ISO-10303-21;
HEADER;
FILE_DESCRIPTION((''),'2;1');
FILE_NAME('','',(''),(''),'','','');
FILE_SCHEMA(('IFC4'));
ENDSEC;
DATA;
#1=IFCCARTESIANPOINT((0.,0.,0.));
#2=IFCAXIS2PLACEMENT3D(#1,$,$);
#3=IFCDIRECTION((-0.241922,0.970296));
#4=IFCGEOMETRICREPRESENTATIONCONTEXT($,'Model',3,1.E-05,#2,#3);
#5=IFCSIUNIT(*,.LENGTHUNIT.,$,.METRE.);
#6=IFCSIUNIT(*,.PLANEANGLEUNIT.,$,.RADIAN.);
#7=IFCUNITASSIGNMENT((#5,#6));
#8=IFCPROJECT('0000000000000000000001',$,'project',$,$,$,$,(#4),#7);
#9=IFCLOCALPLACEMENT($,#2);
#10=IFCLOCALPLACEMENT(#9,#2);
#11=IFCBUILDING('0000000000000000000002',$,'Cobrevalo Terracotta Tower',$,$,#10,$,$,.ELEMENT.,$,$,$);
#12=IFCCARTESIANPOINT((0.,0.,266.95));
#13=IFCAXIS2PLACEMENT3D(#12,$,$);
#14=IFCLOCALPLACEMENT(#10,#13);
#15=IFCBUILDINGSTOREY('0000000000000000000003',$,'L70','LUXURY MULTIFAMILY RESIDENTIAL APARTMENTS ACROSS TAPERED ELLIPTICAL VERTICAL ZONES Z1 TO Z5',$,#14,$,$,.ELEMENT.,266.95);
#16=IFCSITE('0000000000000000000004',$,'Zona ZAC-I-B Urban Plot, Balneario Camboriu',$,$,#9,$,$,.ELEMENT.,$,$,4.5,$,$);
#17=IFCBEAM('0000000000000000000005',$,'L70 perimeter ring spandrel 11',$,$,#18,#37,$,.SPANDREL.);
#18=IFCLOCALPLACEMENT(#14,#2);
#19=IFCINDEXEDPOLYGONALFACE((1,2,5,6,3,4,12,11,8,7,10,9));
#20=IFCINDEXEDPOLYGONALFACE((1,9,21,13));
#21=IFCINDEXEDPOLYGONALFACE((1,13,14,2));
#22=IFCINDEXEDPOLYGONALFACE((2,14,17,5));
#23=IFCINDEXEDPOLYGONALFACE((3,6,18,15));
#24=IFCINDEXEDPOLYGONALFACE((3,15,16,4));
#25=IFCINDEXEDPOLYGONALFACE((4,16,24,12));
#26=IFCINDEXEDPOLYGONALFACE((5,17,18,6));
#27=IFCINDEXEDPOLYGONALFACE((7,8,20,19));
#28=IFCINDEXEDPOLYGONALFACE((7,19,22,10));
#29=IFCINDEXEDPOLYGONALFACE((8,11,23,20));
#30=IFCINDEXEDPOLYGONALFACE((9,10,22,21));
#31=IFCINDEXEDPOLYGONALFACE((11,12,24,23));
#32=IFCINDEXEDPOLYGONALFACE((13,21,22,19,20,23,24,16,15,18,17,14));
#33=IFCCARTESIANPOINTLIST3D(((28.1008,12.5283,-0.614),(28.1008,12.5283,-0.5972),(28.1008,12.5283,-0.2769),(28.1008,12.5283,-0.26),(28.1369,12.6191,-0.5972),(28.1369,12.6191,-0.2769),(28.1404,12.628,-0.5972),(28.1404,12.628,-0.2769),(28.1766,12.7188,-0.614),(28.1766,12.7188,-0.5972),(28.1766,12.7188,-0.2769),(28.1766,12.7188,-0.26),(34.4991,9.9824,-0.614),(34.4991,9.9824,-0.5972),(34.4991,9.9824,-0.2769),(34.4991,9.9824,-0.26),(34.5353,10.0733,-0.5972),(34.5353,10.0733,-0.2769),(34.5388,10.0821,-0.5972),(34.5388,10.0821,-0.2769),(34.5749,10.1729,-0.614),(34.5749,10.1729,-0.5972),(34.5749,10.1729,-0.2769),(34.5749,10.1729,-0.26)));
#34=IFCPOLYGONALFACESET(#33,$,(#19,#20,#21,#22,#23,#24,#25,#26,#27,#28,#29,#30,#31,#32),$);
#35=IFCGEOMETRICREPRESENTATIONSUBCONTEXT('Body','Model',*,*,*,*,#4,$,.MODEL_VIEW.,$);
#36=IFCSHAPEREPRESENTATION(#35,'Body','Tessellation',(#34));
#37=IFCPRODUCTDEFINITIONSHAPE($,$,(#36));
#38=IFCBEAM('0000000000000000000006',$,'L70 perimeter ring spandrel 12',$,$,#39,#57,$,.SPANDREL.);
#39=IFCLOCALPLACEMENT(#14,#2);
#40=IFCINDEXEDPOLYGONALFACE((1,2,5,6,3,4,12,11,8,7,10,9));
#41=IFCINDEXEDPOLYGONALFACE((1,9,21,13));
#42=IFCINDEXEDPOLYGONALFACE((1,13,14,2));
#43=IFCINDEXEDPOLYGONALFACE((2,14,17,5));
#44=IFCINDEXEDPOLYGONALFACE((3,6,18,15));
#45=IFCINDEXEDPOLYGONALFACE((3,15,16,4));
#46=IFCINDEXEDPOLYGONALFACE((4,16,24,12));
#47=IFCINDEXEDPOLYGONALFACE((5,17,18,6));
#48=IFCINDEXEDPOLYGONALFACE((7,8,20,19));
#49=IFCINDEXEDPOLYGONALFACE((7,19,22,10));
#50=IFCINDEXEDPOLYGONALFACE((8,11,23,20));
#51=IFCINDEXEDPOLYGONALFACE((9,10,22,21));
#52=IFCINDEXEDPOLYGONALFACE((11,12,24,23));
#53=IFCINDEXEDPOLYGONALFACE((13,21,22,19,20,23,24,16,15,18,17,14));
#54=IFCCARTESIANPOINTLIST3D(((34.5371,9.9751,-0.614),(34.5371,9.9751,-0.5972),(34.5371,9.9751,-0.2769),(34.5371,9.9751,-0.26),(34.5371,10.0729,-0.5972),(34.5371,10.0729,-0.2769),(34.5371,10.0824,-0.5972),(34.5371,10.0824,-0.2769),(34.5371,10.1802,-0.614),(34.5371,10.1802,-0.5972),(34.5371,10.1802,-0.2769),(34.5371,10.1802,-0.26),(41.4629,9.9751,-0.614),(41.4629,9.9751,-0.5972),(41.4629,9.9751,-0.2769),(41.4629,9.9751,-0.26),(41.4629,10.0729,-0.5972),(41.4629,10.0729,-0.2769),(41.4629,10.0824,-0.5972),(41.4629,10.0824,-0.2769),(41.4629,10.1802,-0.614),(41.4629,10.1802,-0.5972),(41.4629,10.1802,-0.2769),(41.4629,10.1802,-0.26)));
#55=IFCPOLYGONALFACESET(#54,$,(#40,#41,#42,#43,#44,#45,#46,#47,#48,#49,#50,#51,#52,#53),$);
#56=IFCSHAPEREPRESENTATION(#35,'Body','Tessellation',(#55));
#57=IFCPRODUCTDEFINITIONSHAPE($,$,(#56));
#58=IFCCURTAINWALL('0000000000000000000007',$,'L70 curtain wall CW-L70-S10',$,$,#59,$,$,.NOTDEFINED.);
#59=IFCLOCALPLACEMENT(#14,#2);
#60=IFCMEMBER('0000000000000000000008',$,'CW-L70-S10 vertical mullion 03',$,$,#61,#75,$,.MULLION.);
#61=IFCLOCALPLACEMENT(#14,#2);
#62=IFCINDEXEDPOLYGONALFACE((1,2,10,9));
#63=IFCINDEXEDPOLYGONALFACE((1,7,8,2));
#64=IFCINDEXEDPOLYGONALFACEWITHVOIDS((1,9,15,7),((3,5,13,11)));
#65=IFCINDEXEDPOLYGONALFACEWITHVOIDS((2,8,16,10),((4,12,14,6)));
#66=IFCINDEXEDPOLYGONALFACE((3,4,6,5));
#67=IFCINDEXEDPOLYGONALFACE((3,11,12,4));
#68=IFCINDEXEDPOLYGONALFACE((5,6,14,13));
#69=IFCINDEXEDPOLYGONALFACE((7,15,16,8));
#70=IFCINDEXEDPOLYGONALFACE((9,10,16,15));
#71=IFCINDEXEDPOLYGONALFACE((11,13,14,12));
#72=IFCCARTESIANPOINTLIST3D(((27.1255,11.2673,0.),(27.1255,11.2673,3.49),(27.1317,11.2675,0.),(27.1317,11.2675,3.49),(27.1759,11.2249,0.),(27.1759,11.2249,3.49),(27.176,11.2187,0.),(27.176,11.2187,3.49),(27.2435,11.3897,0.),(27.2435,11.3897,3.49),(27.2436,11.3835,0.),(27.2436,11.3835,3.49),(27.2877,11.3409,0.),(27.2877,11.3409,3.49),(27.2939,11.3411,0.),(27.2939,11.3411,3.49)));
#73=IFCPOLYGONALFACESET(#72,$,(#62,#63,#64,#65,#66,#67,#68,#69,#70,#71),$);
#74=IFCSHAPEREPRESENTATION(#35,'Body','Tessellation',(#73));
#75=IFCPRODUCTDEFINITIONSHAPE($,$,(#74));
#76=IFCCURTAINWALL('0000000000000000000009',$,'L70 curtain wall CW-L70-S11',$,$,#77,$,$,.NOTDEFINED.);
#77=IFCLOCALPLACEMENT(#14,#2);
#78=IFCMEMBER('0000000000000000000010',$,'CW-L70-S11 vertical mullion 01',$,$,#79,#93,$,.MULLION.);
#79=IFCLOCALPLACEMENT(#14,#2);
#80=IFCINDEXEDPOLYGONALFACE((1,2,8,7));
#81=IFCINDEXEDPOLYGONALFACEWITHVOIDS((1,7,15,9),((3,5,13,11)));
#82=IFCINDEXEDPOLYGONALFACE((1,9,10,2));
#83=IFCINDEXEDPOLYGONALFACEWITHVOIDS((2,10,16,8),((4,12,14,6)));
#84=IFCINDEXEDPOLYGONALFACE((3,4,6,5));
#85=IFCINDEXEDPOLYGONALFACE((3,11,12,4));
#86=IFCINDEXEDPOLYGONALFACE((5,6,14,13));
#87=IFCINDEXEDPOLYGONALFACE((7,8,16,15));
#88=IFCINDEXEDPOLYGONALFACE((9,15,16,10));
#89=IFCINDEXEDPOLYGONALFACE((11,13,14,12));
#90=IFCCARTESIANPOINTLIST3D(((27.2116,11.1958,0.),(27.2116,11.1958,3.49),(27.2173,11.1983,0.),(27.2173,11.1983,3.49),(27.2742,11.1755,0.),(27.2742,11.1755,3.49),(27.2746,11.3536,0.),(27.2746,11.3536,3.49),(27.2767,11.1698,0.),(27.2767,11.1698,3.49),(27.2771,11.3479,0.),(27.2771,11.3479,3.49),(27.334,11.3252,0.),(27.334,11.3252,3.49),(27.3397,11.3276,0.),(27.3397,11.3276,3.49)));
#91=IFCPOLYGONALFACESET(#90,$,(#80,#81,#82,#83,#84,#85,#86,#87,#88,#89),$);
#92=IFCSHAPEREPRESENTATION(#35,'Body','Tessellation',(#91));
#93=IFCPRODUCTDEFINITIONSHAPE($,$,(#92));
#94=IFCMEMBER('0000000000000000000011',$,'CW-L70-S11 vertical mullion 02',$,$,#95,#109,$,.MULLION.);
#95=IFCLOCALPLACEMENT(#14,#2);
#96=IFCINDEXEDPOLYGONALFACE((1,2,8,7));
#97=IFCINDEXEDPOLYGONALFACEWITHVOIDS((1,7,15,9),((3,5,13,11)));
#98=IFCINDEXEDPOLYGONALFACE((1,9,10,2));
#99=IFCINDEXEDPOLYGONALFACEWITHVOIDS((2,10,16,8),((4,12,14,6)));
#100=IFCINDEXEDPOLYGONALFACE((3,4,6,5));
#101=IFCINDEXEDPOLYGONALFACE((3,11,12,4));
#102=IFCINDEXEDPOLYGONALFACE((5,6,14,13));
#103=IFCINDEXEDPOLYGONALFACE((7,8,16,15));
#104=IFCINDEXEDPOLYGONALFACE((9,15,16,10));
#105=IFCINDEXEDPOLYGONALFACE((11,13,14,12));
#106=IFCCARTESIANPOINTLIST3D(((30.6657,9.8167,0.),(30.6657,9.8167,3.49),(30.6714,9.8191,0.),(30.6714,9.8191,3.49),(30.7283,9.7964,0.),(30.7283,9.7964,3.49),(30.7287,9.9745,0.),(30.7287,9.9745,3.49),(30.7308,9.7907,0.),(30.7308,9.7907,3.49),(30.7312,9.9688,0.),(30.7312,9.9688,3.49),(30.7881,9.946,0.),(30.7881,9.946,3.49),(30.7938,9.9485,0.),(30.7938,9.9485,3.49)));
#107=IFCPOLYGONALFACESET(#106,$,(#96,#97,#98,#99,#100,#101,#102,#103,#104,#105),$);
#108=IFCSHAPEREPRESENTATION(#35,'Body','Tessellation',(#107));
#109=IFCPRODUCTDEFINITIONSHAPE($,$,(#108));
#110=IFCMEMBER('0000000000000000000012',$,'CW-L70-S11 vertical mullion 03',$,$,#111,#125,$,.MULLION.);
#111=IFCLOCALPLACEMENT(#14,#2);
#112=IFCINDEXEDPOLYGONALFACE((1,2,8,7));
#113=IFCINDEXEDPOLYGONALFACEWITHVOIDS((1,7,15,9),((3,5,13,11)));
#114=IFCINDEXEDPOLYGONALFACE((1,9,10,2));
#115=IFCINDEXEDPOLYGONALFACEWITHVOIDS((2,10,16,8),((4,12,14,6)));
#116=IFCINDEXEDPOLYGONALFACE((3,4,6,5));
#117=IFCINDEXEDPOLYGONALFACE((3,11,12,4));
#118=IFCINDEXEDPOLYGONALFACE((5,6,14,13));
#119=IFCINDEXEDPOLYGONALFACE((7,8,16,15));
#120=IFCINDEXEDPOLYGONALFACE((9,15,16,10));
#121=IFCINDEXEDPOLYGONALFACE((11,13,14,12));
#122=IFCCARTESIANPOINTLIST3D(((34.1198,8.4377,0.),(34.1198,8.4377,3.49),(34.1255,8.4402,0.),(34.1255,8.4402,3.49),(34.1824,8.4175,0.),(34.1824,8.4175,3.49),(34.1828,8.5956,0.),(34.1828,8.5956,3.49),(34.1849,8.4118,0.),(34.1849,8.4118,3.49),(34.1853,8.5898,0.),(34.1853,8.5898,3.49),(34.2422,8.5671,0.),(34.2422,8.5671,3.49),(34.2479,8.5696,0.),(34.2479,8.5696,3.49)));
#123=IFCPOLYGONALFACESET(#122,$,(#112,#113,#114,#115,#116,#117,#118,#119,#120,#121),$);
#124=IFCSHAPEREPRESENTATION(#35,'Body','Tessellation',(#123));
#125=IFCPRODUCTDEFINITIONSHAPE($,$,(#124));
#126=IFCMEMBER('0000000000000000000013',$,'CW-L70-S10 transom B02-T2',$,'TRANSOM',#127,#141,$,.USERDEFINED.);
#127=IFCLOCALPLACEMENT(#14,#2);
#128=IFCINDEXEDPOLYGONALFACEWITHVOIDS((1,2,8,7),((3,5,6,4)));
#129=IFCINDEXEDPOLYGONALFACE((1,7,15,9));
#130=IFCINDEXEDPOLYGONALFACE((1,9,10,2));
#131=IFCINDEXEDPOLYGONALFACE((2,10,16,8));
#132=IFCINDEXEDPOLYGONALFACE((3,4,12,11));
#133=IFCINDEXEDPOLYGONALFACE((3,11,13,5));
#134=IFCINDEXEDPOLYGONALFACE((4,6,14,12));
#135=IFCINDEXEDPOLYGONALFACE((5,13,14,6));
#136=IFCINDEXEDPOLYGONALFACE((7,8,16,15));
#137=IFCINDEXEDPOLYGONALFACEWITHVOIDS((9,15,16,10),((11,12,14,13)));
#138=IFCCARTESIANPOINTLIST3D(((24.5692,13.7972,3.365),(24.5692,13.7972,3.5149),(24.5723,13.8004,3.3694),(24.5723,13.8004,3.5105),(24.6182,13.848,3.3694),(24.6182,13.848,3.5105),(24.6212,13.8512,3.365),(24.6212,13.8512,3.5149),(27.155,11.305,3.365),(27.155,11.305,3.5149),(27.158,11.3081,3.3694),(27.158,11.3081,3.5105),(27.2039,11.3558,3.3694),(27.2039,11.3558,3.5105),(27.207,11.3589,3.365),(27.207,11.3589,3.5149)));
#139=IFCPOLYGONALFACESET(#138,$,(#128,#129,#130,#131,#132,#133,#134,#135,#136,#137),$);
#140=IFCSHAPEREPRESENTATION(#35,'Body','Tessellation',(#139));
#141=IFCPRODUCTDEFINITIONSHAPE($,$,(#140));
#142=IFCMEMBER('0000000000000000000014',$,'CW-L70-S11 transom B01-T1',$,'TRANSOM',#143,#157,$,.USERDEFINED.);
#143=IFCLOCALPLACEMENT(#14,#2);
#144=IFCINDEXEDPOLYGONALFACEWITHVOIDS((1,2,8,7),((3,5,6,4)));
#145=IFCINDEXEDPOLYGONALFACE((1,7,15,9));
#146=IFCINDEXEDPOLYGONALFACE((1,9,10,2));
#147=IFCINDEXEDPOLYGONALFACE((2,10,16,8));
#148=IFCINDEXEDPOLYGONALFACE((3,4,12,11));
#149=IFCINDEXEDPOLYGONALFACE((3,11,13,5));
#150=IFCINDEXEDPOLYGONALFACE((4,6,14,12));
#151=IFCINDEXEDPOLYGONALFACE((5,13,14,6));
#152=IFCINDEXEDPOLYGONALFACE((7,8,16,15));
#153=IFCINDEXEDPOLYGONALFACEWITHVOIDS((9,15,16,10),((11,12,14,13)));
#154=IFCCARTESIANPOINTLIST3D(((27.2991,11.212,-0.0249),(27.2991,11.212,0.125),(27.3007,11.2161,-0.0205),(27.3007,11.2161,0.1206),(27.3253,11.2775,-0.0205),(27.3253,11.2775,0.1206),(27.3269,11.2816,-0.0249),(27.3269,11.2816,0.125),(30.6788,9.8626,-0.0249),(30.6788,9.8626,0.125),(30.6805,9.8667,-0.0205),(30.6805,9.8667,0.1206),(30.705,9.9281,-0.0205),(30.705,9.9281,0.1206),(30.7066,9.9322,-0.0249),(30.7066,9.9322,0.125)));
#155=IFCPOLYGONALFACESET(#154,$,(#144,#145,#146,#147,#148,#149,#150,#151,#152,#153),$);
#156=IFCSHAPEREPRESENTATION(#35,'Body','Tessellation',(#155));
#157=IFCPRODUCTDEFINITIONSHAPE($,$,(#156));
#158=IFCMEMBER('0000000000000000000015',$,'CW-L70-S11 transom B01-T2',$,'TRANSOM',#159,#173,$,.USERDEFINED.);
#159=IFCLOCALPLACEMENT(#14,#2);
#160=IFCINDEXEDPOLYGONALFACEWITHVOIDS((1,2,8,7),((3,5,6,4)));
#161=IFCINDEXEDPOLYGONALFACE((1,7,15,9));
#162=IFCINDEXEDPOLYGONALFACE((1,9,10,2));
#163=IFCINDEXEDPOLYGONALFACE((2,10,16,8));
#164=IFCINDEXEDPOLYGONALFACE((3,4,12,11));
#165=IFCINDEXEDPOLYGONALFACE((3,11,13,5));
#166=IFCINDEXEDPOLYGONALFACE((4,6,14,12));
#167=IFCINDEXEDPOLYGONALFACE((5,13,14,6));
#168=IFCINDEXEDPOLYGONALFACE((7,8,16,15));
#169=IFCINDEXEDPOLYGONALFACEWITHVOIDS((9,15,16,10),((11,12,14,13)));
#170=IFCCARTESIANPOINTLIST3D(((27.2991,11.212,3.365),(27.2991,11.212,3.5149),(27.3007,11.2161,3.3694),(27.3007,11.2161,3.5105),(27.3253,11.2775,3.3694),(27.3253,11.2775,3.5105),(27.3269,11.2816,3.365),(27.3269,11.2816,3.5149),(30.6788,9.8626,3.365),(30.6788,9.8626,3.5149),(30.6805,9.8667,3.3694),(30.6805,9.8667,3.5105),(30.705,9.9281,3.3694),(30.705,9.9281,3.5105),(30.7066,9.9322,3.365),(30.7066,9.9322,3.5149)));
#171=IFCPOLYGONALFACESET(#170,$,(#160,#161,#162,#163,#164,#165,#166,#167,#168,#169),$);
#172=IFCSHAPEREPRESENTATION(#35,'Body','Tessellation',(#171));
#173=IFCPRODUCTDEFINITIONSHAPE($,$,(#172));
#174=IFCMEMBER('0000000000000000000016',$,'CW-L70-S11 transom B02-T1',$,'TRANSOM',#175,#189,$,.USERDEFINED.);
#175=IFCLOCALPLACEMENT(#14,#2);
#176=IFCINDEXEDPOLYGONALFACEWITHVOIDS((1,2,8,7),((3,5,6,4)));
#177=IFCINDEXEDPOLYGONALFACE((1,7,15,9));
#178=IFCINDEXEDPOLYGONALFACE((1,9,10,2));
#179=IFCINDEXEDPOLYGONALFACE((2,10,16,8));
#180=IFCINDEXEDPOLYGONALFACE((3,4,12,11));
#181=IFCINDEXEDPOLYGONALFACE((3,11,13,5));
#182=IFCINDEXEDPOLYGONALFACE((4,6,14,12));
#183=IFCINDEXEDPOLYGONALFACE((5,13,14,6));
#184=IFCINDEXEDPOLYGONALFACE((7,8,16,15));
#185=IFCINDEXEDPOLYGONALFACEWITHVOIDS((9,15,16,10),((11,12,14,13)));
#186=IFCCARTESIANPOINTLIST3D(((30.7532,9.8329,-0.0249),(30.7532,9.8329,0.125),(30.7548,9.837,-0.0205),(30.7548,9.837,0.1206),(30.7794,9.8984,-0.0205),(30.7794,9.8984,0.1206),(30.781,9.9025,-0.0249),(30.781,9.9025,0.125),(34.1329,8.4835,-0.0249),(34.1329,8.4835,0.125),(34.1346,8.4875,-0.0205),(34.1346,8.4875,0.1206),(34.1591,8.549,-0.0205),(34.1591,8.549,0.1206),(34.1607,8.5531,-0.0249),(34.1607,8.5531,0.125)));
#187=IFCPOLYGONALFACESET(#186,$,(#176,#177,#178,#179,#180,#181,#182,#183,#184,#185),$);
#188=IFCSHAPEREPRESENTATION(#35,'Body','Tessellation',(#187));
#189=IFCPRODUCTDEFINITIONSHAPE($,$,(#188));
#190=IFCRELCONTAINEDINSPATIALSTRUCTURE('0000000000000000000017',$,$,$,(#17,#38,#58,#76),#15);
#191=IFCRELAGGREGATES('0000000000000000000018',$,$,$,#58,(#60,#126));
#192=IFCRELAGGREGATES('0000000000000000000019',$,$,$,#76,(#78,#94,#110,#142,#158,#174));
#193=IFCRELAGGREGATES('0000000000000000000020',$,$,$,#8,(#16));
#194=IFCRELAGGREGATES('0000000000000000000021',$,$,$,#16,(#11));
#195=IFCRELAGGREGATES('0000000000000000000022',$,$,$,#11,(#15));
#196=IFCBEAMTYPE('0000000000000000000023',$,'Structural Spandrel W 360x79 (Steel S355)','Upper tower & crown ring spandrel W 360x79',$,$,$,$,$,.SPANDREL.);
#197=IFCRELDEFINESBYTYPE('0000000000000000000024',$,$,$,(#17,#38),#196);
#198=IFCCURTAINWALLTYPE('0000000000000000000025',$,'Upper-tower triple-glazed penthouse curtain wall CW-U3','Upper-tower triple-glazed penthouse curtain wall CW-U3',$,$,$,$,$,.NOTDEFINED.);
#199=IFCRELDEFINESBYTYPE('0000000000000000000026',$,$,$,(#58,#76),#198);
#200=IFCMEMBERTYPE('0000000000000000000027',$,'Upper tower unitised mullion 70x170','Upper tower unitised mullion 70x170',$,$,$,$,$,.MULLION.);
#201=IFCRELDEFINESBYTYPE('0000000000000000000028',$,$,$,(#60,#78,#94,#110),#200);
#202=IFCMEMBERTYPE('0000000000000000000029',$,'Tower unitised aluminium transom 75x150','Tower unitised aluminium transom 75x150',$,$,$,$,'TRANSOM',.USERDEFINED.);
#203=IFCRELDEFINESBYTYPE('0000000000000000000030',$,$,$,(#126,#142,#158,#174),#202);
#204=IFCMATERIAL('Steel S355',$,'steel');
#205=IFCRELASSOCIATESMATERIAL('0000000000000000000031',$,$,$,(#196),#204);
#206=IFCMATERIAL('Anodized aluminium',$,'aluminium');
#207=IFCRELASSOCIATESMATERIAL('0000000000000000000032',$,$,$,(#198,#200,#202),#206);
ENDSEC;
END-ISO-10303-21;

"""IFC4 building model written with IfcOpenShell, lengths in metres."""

from ifc_helpers import new_model, si_unit, direction, frame, origin, origin_2d, place, context, subcontext, project, spatial, hollow_rectangle, i_section, extrude, source, transform, mapped, material, material_profile, profile_set, type_object, element, aggregate, save


model = new_model("IFC4")

# Units and contexts
model_context = context("Model", 3, precision=1e-05, world=origin(), true_north=direction((-0.241922, 0.970296)))
body_context = subcontext(model_context, "Body", "Model", "MODEL_VIEW")
ifc_project = project(units=[si_unit("LENGTHUNIT", "METRE"), si_unit("PLANEANGLEUNIT", "RADIAN")], contexts=[model_context])

# Site, building, storey
site_placement = place(None, origin())
site = spatial("IfcSite", under=ifc_project, at=site_placement, Name="Zona ZAC-I-B Urban Plot, Balneario Camboriu", CompositionType="ELEMENT", RefElevation=4.5)
building_placement = place(site_placement, origin())
building = spatial("IfcBuilding", under=site, at=building_placement, Name="Cobrevalo Terracotta Tower", CompositionType="ELEMENT")
storey_placement = place(building_placement, frame((0.0, 0.0, 266.95)))
storey = spatial("IfcBuildingStorey", under=building, at=storey_placement, Name="L70", Description="LUXURY MULTIFAMILY RESIDENTIAL APARTMENTS ACROSS TAPERED ELLIPTICAL VERTICAL ZONES Z1 TO Z5", CompositionType="ELEMENT", Elevation=266.95)

# Shared definitions
ifc_material_1 = material(Name="Steel S355", Category="steel")

# Beams
ifc_material_profile_1 = material_profile(ifc_material_1, i_section(OverallWidth=0.2051, OverallDepth=0.354, WebThickness=0.0095, FlangeThickness=0.0168, at=origin_2d()), Name="W 360x79")
ifc_profile_set_1 = profile_set([ifc_material_profile_1], Name="Steel S355")
beam_type_1 = type_object("IfcBeamType", Name="Structural Spandrel W 360x79 (Steel S355)", Description="Upper tower & crown ring spandrel W 360x79", PredefinedType="SPANDREL", material=ifc_profile_set_1)
beam_1_placement = place(storey_placement, frame((28.1387, 12.6235, -0.437), z_axis=(0.92915, -0.369703, 0.0), x_axis=(0.369703, 0.92915, 0.0)))
element("IfcBeam", 1, at=beam_1_placement, inside=storey, type_object=beam_type_1, Name="L70 perimeter ring spandrel 11", PredefinedType="SPANDREL", context=body_context, shape_type="SweptSolid", body=[
    extrude(i_section(OverallWidth=0.2051, OverallDepth=0.354, WebThickness=0.0095, FlangeThickness=0.0168, at=origin_2d()), origin(), (0.0, 0.0, 1.0), 6.8862),
])
beam_2_placement = place(storey_placement, frame((34.5371, 10.0776, -0.437), z_axis=(1.0, 0.0, 0.0), x_axis=(0.0, 1.0, 0.0)))
element("IfcBeam", 2, at=beam_2_placement, inside=storey, type_object=beam_type_1, Name="L70 perimeter ring spandrel 12", PredefinedType="SPANDREL", context=body_context, shape_type="SweptSolid", body=[
    extrude(i_section(OverallWidth=0.2051, OverallDepth=0.354, WebThickness=0.0095, FlangeThickness=0.0168, at=origin_2d()), origin(), (0.0, 0.0, 1.0), 6.9258),
])

# Curtain wall, member
ifc_material_2 = material(Name="Anodized aluminium", Category="aluminium")
curtain_wall_type = type_object("IfcCurtainWallType", Name="Upper-tower triple-glazed penthouse curtain wall CW-U3", Description="Upper-tower triple-glazed penthouse curtain wall CW-U3", PredefinedType="NOTDEFINED", material=ifc_material_2)
curtain_wall_1_placement = place(storey_placement, origin())
curtain_wall_1 = element("IfcCurtainWall", 3, at=curtain_wall_1_placement, inside=storey, type_object=curtain_wall_type, Name="L70 curtain wall CW-L70-S10", PredefinedType="NOTDEFINED")
ifc_material_profile_2 = material_profile(ifc_material_2, hollow_rectangle(XDim=0.0701, YDim=0.1699, WallThickness=0.0044, at=origin_2d()), Name="CWM 70x170")
ifc_profile_set_2 = profile_set([ifc_material_profile_2], Name="Anodized aluminium")
member_type_1 = type_object("IfcMemberType", Name="Upper tower unitised mullion 70x170", Description="Upper tower unitised mullion 70x170", PredefinedType="MULLION", material=ifc_profile_set_2)
shared_shape_1 = source(origin(), body_context, "Body", "SweptSolid", [
    extrude(hollow_rectangle(XDim=0.0701, YDim=0.1699, WallThickness=0.0044, at=origin_2d()), origin(), (0.0, 0.0, 1.0), 3.49),
])
member_1_placement = place(storey_placement, frame((27.2097, 11.3042, 0.0), z_axis=(0.0, 0.0, 1.0), x_axis=(0.719994, -0.69398, 0.0)))
member_1 = element("IfcMember", 4, at=member_1_placement, type_object=member_type_1, Name="CW-L70-S10 vertical mullion 03", PredefinedType="MULLION", context=body_context, shape_type="MappedRepresentation", body=[
    mapped(shared_shape_1, transform((0.0, 0.0, 0.0), scale=1.0)),
])

# Curtain wall, members
curtain_wall_2_placement = place(storey_placement, origin())
curtain_wall_2 = element("IfcCurtainWall", 5, at=curtain_wall_2_placement, inside=storey, type_object=curtain_wall_type, Name="L70 curtain wall CW-L70-S11", PredefinedType="NOTDEFINED")
member_2_placement = place(storey_placement, frame((27.2756, 11.2617, 0.0), z_axis=(0.0, 0.0, 1.0), x_axis=(0.928719, -0.370784, 0.0)))
member_2 = element("IfcMember", 6, at=member_2_placement, type_object=member_type_1, Name="CW-L70-S11 vertical mullion 01", PredefinedType="MULLION", context=body_context, shape_type="MappedRepresentation", body=[
    mapped(shared_shape_1, transform((0.0, 0.0, 0.0), scale=1.0)),
])
member_3_placement = place(storey_placement, frame((30.7297, 9.8826, 0.0), z_axis=(0.0, 0.0, 1.0), x_axis=(0.928719, -0.370784, 0.0)))
member_3 = element("IfcMember", 7, at=member_3_placement, type_object=member_type_1, Name="CW-L70-S11 vertical mullion 02", PredefinedType="MULLION", context=body_context, shape_type="MappedRepresentation", body=[
    mapped(shared_shape_1, transform((0.0, 0.0, 0.0), scale=1.0)),
])
member_4_placement = place(storey_placement, frame((34.1838, 8.5037, 0.0), z_axis=(0.0, 0.0, 1.0), x_axis=(0.928719, -0.370784, 0.0)))
member_4 = element("IfcMember", 8, at=member_4_placement, type_object=member_type_1, Name="CW-L70-S11 vertical mullion 03", PredefinedType="MULLION", context=body_context, shape_type="MappedRepresentation", body=[
    mapped(shared_shape_1, transform((0.0, 0.0, 0.0), scale=1.0)),
])

# Members
ifc_material_profile_3 = material_profile(ifc_material_2, hollow_rectangle(XDim=0.075, YDim=0.1499, WallThickness=0.0044, at=origin_2d()), Name="CWT 75x150")
ifc_profile_set_3 = profile_set([ifc_material_profile_3], Name="Anodized aluminium")
member_type_2 = type_object("IfcMemberType", Name="Tower unitised aluminium transom 75x150", Description="Tower unitised aluminium transom 75x150", ElementType="TRANSOM", PredefinedType="USERDEFINED", material=ifc_profile_set_3)
shared_shape_2 = source(origin(), body_context, "Body", "SweptSolid", [
    extrude(hollow_rectangle(XDim=0.075, YDim=0.1499, WallThickness=0.0044, at=origin_2d()), origin(), (0.0, 0.0, 1.0), 3.5913),
])
member_5_placement = place(storey_placement, frame((24.5952, 13.8242, 3.4399), z_axis=(0.720006, -0.693968, 0.0), x_axis=(0.693968, 0.720006, 0.0)))
member_5 = element("IfcMember", 9, at=member_5_placement, type_object=member_type_2, Name="CW-L70-S10 transom B02-T2", ObjectType="TRANSOM", PredefinedType="USERDEFINED", context=body_context, shape_type="MappedRepresentation", body=[
    mapped(shared_shape_2, transform((0.0, 0.0, 0.0), scale=1.0)),
])
shared_shape_3 = source(origin(), body_context, "Body", "SweptSolid", [
    extrude(hollow_rectangle(XDim=0.075, YDim=0.1499, WallThickness=0.0044, at=origin_2d()), origin(), (0.0, 0.0, 1.0), 3.6392),
])
member_6_placement = place(storey_placement, frame((27.313, 11.2468, 0.05), z_axis=(0.928712, -0.370801, 0.0), x_axis=(0.370801, 0.928712, 0.0)))
member_6 = element("IfcMember", 10, at=member_6_placement, type_object=member_type_2, Name="CW-L70-S11 transom B01-T1", ObjectType="TRANSOM", PredefinedType="USERDEFINED", context=body_context, shape_type="MappedRepresentation", body=[
    mapped(shared_shape_3, transform((0.0, 0.0, 0.0), scale=1.0)),
])
member_7_placement = place(storey_placement, frame((27.313, 11.2468, 3.4399), z_axis=(0.928712, -0.370801, 0.0), x_axis=(0.370801, 0.928712, 0.0)))
member_7 = element("IfcMember", 11, at=member_7_placement, type_object=member_type_2, Name="CW-L70-S11 transom B01-T2", ObjectType="TRANSOM", PredefinedType="USERDEFINED", context=body_context, shape_type="MappedRepresentation", body=[
    mapped(shared_shape_3, transform((0.0, 0.0, 0.0), scale=1.0)),
])
member_8_placement = place(storey_placement, frame((30.7671, 9.8677, 0.05), z_axis=(0.928712, -0.370801, 0.0), x_axis=(0.370801, 0.928712, 0.0)))
member_8 = element("IfcMember", 12, at=member_8_placement, type_object=member_type_2, Name="CW-L70-S11 transom B02-T1", ObjectType="TRANSOM", PredefinedType="USERDEFINED", context=body_context, shape_type="MappedRepresentation", body=[
    mapped(shared_shape_3, transform((0.0, 0.0, 0.0), scale=1.0)),
])

aggregate(curtain_wall_1, [member_1, member_5])
aggregate(curtain_wall_2, [member_2, member_3, member_4, member_6, member_7, member_8])

save(model, "model.ifc")
